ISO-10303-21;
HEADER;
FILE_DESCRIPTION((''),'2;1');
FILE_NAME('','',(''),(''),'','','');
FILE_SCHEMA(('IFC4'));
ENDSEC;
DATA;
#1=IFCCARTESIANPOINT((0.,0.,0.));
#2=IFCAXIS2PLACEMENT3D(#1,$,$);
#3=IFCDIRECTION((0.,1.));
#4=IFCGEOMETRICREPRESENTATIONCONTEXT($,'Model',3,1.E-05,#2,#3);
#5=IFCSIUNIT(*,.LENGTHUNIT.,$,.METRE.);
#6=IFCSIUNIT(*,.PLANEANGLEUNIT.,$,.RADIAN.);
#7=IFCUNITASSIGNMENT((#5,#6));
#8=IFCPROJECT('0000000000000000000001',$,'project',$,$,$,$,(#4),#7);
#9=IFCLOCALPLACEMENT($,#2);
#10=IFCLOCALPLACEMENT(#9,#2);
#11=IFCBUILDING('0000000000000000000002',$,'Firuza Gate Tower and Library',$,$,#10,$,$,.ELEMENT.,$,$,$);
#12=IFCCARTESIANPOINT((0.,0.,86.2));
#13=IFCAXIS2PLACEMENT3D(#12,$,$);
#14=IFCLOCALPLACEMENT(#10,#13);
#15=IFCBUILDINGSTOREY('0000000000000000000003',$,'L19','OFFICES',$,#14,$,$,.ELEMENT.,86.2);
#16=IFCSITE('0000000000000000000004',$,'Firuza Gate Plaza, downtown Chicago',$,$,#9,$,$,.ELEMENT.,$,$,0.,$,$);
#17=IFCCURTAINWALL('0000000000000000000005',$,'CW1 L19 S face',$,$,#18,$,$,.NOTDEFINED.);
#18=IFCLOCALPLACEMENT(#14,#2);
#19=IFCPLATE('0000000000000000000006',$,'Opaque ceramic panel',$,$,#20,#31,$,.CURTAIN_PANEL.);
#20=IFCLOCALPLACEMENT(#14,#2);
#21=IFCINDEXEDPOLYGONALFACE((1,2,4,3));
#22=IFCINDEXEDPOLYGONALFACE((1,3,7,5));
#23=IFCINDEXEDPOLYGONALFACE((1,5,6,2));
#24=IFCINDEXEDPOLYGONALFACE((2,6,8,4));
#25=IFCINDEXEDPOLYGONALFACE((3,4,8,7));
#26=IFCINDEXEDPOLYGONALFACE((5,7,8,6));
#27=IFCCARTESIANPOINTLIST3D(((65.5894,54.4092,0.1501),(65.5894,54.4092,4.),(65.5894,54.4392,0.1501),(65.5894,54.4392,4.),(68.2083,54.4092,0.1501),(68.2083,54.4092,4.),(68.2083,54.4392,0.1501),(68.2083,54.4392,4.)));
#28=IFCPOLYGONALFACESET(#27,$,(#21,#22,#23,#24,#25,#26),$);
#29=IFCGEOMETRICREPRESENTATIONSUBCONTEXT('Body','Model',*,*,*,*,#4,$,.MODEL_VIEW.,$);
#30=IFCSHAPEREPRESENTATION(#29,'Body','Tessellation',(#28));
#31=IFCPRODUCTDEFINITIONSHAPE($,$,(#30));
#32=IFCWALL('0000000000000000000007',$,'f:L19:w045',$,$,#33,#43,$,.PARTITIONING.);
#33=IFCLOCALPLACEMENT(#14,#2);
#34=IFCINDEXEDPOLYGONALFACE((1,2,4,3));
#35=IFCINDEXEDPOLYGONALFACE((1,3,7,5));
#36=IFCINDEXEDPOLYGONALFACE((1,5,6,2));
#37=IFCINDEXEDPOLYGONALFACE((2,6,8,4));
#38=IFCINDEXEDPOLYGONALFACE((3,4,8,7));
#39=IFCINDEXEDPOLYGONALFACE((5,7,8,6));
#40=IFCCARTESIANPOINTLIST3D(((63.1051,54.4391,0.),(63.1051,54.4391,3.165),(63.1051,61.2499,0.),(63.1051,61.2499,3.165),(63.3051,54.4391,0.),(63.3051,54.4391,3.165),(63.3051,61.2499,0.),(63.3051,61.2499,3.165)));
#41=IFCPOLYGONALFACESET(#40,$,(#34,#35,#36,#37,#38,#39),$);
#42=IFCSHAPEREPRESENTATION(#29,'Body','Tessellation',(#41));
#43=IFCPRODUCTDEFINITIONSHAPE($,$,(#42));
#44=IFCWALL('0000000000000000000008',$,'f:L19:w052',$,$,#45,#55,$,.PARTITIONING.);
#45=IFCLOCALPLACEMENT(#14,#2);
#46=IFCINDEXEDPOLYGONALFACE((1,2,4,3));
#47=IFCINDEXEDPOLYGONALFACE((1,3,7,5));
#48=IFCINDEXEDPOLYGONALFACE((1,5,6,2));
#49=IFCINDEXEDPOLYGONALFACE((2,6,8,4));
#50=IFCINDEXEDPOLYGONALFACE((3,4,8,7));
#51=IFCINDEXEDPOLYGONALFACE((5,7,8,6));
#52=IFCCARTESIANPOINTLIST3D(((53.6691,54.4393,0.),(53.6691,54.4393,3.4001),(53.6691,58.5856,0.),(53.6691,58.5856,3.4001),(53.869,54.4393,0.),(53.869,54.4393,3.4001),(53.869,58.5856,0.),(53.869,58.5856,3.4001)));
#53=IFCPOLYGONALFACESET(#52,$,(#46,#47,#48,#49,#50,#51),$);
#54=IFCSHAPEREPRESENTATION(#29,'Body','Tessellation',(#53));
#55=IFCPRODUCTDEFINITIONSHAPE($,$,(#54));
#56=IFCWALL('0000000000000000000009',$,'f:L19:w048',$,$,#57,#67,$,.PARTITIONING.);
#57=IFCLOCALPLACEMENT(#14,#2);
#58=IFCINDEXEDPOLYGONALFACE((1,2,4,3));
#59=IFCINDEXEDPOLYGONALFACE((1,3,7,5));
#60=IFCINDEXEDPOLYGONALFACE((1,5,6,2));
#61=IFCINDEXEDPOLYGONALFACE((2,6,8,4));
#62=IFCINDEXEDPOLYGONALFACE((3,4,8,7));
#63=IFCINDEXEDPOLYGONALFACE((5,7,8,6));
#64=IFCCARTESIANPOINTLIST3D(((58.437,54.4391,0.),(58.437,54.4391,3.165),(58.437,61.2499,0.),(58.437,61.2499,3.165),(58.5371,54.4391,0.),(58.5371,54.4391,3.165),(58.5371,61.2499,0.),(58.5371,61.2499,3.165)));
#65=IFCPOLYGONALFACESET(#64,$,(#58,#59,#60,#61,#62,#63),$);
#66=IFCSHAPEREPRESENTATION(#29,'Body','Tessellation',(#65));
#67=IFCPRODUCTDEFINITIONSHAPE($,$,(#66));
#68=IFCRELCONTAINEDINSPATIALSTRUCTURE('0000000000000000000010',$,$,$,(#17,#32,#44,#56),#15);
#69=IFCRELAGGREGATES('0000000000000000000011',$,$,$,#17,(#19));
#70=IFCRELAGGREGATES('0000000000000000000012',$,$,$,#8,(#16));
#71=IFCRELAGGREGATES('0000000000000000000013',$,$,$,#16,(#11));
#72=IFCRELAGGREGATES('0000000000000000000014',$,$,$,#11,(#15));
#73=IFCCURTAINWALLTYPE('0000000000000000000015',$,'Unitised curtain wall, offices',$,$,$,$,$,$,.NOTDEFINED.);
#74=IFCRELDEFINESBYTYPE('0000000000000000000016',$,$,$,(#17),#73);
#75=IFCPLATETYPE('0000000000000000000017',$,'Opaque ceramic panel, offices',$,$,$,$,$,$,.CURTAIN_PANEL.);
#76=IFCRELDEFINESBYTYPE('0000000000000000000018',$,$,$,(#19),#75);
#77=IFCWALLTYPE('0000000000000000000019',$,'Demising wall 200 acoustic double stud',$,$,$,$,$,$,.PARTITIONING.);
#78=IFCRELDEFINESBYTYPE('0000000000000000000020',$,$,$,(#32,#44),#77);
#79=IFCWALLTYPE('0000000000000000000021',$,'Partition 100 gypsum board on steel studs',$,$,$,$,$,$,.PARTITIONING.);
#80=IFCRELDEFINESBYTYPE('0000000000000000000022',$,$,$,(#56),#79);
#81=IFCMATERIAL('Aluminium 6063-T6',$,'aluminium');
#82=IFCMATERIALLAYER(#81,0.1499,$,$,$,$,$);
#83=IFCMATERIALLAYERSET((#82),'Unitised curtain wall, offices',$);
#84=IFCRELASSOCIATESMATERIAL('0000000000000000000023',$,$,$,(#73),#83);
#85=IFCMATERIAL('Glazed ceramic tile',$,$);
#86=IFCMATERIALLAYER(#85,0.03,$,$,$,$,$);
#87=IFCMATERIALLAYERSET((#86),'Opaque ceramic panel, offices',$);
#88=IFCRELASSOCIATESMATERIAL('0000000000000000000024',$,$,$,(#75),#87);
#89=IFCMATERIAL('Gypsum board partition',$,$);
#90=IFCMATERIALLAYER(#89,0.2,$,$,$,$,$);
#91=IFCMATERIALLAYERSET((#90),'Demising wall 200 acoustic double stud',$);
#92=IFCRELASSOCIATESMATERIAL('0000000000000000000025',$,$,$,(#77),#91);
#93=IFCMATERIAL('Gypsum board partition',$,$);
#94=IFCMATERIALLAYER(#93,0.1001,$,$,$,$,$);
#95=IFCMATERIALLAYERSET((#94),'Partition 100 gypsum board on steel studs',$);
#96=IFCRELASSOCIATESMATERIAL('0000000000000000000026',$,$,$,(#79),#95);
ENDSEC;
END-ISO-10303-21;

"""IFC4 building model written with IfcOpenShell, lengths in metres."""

from ifc_helpers import new_model, si_unit, direction, frame, frame_2d, origin, place, context, subcontext, project, spatial, polyline, rectangle, outline, extrude, material, layer, layer_set, type_object, element, aggregate, save


model = new_model("IFC4")

# Units and contexts
model_context = context("Model", 3, precision=1e-05, world=origin(), true_north=direction((0.0, 1.0)))
body_context = subcontext(model_context, "Body", "Model", "MODEL_VIEW")
ifc_project = project(units=[si_unit("LENGTHUNIT", "METRE"), si_unit("PLANEANGLEUNIT", "RADIAN")], contexts=[model_context])

# Site, building, storey
site_placement = place(None, origin())
site = spatial("IfcSite", under=ifc_project, at=site_placement, Name="Firuza Gate Plaza, downtown Chicago", CompositionType="ELEMENT", RefElevation=0.0)
building_placement = place(site_placement, origin())
building = spatial("IfcBuilding", under=site, at=building_placement, Name="Firuza Gate Tower and Library", CompositionType="ELEMENT")
storey_placement = place(building_placement, frame((0.0, 0.0, 86.2)))
storey = spatial("IfcBuildingStorey", under=building, at=storey_placement, Name="L19", Description="OFFICES", CompositionType="ELEMENT", Elevation=86.2)

# Curtain wall
ifc_material_1 = material(Name="Aluminium 6063-T6", Category="aluminium")
ifc_layer_1 = layer(ifc_material_1, 0.1499)
ifc_layer_set_1 = layer_set([ifc_layer_1], Name="Unitised curtain wall, offices")
curtain_wall_type = type_object("IfcCurtainWallType", Name="Unitised curtain wall, offices", PredefinedType="NOTDEFINED", material=ifc_layer_set_1)
curtain_wall_placement = place(storey_placement, origin())
curtain_wall = element("IfcCurtainWall", 1, at=curtain_wall_placement, inside=storey, type_object=curtain_wall_type, Name="CW1 L19 S face", PredefinedType="NOTDEFINED")

# Plate
ifc_material_2 = material(Name="Glazed ceramic tile")
ifc_layer_2 = layer(ifc_material_2, 0.03)
ifc_layer_set_2 = layer_set([ifc_layer_2], Name="Opaque ceramic panel, offices")
plate_type_1 = type_object("IfcPlateType", Name="Opaque ceramic panel, offices", PredefinedType="CURTAIN_PANEL", material=ifc_layer_set_2)
plate_1_placement = place(storey_placement, frame((65.5894, 54.4092, 0.1501), z_axis=(0.0, -1.0, 0.0), x_axis=(1.0, 0.0, 0.0)))
plate_1 = element("IfcPlate", 2, at=plate_1_placement, type_object=plate_type_1, Name="Opaque ceramic panel", PredefinedType="CURTAIN_PANEL", context=body_context, shape_type="SweptSolid", body=[
    extrude(outline(polyline([(0.0, 0.0), (2.6189, 0.0), (2.6189, 3.8499), (0.0, 3.8499), (0.0, 0.0)])), origin(), (0.0, 0.0, -1.0), 0.03),
])
aggregate(curtain_wall, [plate_1])

# Walls
ifc_material_3 = material(Name="Gypsum board partition")
ifc_layer_3 = layer(ifc_material_3, 0.2)
ifc_layer_set_3 = layer_set([ifc_layer_3], Name="Demising wall 200 acoustic double stud")
wall_type_1 = type_object("IfcWallType", Name="Demising wall 200 acoustic double stud", PredefinedType="PARTITIONING", material=ifc_layer_set_3)
wall_1_placement = place(storey_placement, frame((63.2051, 54.4392, 0.0), z_axis=(0.0, 0.0, 1.0), x_axis=(0.0, 1.0, 0.0)))
element("IfcWall", 3, at=wall_1_placement, inside=storey, type_object=wall_type_1, Name="f:L19:w045", PredefinedType="PARTITIONING", context=body_context, shape_type="SweptSolid", body=[
    extrude(rectangle(XDim=6.8108, YDim=0.2, at=frame_2d((3.4053, 0.0))), origin(), (0.0, 0.0, 1.0), 3.165),
])
wall_2_placement = place(storey_placement, frame((53.769, 54.4392, 0.0), z_axis=(0.0, 0.0, 1.0), x_axis=(0.0, 1.0, 0.0)))
element("IfcWall", 4, at=wall_2_placement, inside=storey, type_object=wall_type_1, Name="f:L19:w052", PredefinedType="PARTITIONING", context=body_context, shape_type="SweptSolid", body=[
    extrude(rectangle(XDim=4.1462, YDim=0.2, at=frame_2d((2.0732, 0.0))), origin(), (0.0, 0.0, 1.0), 3.4001),
])
ifc_material_4 = material(Name="Gypsum board partition")
ifc_layer_4 = layer(ifc_material_4, 0.1001)
ifc_layer_set_4 = layer_set([ifc_layer_4], Name="Partition 100 gypsum board on steel studs")
wall_type_2 = type_object("IfcWallType", Name="Partition 100 gypsum board on steel studs", PredefinedType="PARTITIONING", material=ifc_layer_set_4)
wall_3_placement = place(storey_placement, frame((58.4871, 54.4392, 0.0), z_axis=(0.0, 0.0, 1.0), x_axis=(0.0, 1.0, 0.0)))
element("IfcWall", 5, at=wall_3_placement, inside=storey, type_object=wall_type_2, Name="f:L19:w048", PredefinedType="PARTITIONING", context=body_context, shape_type="SweptSolid", body=[
    extrude(rectangle(XDim=6.8108, YDim=0.1001, at=frame_2d((3.4053, 0.0))), origin(), (0.0, 0.0, 1.0), 3.165),
])

save(model, "model.ifc")
